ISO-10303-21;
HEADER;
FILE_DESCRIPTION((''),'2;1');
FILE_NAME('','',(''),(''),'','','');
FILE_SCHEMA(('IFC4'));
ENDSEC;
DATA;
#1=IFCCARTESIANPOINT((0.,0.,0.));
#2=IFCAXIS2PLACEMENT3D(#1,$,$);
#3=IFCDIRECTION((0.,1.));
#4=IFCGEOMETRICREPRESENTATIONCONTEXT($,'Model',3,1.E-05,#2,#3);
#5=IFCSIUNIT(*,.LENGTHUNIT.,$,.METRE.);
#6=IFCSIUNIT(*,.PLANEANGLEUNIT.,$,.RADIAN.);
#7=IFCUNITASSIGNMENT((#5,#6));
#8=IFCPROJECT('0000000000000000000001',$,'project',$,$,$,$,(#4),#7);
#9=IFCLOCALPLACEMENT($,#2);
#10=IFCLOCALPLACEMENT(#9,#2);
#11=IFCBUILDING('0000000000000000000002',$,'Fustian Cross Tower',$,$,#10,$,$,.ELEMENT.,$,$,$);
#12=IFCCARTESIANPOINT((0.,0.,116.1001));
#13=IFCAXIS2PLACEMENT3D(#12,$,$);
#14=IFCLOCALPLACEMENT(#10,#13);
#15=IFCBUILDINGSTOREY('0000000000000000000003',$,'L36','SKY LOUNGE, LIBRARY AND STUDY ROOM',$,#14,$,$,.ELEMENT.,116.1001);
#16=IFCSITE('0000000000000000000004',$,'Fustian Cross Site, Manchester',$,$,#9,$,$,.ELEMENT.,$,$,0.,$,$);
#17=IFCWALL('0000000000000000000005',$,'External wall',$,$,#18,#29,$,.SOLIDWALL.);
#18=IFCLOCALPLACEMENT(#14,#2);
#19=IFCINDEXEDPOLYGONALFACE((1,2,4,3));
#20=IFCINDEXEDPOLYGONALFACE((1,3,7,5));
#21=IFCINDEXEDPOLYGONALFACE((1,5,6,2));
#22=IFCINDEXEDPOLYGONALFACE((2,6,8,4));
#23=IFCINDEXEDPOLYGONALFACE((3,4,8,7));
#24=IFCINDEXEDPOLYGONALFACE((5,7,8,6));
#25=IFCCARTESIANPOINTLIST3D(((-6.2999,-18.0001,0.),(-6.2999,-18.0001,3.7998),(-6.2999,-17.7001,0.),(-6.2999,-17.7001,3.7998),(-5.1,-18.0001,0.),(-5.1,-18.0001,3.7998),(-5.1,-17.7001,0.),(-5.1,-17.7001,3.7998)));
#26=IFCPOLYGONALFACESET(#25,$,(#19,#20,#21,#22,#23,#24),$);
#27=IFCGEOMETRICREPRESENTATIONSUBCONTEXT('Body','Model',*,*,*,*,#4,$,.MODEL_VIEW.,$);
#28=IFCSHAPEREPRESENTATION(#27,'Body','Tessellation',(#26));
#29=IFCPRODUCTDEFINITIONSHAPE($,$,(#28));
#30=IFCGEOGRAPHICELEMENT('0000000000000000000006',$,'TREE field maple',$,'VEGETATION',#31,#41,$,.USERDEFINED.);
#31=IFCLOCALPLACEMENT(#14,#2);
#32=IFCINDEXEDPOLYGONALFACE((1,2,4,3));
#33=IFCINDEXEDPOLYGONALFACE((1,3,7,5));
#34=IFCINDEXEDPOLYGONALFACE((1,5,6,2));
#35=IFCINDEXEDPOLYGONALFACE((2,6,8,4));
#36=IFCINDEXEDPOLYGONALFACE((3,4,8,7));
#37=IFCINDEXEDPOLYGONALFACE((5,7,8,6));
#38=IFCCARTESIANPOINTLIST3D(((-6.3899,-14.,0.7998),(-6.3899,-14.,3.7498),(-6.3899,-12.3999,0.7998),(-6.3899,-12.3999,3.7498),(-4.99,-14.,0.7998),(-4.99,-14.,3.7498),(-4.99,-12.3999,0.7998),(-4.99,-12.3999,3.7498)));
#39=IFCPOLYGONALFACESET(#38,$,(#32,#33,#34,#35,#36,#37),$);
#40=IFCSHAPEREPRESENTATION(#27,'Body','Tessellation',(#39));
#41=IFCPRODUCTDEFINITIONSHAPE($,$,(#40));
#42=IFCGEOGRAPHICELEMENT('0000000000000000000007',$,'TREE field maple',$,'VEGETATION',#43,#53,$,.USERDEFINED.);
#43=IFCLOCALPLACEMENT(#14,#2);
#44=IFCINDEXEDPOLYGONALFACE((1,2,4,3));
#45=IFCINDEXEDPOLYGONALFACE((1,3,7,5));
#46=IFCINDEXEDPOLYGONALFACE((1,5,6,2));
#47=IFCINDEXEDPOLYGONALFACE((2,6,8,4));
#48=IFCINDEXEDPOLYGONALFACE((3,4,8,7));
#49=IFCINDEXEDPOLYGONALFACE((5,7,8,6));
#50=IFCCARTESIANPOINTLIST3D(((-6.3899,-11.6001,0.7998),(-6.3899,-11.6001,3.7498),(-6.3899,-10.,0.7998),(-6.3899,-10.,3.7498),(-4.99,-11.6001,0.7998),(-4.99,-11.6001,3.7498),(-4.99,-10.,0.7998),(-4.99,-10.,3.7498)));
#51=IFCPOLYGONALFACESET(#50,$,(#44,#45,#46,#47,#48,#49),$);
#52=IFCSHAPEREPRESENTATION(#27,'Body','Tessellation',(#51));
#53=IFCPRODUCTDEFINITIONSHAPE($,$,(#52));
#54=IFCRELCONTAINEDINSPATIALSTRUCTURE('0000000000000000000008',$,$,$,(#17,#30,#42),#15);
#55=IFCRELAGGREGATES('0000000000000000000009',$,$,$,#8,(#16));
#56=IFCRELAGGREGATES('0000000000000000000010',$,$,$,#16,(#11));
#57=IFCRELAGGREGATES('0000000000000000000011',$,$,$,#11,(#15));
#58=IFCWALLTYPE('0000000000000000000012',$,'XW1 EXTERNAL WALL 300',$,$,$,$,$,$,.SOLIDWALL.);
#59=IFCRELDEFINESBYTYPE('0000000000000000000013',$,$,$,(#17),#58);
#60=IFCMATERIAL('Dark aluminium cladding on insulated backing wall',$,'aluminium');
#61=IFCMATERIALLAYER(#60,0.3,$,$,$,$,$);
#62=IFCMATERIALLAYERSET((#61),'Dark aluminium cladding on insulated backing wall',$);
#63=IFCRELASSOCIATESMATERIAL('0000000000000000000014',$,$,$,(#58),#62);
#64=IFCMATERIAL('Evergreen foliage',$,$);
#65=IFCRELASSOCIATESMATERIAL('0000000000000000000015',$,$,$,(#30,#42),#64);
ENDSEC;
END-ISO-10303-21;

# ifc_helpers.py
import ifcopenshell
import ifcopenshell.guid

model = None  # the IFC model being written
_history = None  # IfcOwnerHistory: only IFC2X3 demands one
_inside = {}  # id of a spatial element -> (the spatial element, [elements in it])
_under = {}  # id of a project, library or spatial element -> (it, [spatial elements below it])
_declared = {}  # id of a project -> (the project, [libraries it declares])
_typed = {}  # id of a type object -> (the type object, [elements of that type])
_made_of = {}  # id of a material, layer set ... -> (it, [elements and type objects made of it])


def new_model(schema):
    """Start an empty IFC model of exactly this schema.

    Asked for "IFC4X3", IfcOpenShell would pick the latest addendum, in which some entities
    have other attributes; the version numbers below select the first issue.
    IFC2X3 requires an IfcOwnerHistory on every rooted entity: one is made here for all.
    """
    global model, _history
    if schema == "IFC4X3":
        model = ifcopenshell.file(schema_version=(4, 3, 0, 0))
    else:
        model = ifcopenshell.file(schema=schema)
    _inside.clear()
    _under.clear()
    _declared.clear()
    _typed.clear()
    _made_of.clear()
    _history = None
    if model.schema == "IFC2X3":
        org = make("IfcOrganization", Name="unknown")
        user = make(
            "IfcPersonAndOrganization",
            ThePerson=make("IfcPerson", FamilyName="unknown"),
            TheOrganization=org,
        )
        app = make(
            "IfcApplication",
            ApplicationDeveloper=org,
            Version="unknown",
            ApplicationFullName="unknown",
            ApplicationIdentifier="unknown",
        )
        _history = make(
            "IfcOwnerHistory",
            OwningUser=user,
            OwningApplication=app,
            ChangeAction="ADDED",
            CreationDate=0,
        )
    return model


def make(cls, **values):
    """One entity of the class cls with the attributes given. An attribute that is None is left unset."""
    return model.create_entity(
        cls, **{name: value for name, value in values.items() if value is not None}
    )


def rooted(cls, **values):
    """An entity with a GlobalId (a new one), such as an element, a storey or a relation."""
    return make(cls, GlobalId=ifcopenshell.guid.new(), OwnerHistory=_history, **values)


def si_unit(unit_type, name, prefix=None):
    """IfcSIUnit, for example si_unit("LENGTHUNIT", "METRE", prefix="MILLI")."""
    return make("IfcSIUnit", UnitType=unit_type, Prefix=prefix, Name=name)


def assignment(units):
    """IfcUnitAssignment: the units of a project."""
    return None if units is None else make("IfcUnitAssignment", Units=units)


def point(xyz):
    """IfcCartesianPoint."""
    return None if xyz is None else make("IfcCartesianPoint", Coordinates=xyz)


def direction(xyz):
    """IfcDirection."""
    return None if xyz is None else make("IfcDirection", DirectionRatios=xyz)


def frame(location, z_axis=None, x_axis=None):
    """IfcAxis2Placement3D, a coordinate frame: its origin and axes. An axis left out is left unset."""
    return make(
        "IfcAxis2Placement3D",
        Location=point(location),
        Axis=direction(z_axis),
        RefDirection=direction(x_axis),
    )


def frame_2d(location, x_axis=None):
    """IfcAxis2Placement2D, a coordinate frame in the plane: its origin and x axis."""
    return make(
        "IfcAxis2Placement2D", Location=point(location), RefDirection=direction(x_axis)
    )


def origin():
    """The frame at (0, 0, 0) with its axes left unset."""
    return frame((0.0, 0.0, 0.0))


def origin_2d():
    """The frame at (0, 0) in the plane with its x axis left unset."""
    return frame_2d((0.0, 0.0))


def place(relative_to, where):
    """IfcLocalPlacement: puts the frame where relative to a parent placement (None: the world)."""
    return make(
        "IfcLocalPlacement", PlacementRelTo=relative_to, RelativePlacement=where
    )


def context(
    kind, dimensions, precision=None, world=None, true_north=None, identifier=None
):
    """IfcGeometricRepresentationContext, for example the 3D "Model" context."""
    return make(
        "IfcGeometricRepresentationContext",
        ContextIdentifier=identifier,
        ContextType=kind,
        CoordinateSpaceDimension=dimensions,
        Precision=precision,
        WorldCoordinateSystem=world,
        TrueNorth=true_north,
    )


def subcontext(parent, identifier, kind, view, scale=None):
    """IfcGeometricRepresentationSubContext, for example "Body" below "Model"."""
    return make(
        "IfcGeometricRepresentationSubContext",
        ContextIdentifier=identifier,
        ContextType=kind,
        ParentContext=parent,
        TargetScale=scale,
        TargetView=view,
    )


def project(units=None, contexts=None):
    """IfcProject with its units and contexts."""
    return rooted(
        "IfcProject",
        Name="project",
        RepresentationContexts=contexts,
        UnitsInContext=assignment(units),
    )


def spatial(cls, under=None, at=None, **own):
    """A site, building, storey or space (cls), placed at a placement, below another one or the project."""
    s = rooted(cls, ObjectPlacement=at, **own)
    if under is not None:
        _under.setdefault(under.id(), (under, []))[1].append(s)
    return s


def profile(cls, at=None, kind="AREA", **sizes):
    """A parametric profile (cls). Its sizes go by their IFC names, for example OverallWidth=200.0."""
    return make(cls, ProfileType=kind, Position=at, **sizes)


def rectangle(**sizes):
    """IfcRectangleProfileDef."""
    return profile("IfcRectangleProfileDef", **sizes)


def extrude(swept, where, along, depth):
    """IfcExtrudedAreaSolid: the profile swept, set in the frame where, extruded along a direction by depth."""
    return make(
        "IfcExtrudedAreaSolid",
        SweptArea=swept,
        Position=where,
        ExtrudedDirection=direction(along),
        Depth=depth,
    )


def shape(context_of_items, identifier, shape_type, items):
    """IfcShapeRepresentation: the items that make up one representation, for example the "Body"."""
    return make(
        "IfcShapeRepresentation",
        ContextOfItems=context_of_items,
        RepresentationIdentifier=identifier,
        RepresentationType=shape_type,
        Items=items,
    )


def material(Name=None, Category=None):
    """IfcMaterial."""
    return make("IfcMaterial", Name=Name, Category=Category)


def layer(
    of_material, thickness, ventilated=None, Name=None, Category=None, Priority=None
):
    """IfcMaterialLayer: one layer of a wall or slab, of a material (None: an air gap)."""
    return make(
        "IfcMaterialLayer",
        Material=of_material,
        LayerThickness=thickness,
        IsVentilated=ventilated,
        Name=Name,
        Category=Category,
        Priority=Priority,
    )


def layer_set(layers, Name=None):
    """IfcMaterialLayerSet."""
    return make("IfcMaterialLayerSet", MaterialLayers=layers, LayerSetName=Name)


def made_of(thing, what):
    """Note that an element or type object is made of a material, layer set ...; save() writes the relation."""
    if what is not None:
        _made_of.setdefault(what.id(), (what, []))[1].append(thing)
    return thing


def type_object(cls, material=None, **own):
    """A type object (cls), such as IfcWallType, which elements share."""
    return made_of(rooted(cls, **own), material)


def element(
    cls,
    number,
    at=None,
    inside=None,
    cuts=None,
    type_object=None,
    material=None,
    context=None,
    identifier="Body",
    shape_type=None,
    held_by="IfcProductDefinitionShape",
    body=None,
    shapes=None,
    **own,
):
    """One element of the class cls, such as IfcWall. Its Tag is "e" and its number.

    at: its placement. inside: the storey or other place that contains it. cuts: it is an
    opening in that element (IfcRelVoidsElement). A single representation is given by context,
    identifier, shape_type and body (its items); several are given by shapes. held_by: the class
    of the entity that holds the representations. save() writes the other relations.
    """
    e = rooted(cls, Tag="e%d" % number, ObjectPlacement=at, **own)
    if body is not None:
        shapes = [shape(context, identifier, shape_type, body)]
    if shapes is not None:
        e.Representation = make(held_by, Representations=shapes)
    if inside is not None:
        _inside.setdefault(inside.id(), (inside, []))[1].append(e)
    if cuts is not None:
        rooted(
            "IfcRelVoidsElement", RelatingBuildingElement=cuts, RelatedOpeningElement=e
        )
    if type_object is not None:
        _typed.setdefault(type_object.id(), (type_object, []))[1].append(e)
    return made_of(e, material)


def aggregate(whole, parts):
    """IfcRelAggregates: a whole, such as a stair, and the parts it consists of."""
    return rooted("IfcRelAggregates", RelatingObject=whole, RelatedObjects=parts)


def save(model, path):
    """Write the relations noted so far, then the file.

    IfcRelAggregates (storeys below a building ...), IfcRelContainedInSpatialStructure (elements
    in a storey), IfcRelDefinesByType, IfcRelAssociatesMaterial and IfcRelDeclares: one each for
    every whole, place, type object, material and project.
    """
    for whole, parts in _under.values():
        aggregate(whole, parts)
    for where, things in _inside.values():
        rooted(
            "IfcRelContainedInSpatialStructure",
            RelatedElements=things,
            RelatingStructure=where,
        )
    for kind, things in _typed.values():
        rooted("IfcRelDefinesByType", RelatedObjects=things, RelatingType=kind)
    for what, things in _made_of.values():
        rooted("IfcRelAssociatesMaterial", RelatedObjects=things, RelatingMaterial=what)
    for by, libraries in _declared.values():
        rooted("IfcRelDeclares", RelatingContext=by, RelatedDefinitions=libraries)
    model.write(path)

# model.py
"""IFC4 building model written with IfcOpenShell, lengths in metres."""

from ifc_helpers import new_model, si_unit, direction, frame, frame_2d, origin, origin_2d, place, context, subcontext, project, spatial, rectangle, extrude, material, layer, layer_set, type_object, element, save


model = new_model("IFC4")

# Units and contexts
model_context = context("Model", 3, precision=1e-05, world=origin(), true_north=direction((0.0, 1.0)))
body_context = subcontext(model_context, "Body", "Model", "MODEL_VIEW")
ifc_project = project(units=[si_unit("LENGTHUNIT", "METRE"), si_unit("PLANEANGLEUNIT", "RADIAN")], contexts=[model_context])

# Site, building, storey
site_placement = place(None, origin())
site = spatial("IfcSite", under=ifc_project, at=site_placement, Name="Fustian Cross Site, Manchester", CompositionType="ELEMENT", RefElevation=0.0)
building_placement = place(site_placement, origin())
building = spatial("IfcBuilding", under=site, at=building_placement, Name="Fustian Cross Tower", CompositionType="ELEMENT")
storey_placement = place(building_placement, frame((0.0, 0.0, 116.1001)))
storey = spatial("IfcBuildingStorey", under=building, at=storey_placement, Name="L36", Description="SKY LOUNGE, LIBRARY AND STUDY ROOM", CompositionType="ELEMENT", Elevation=116.1001)

# Wall
ifc_material_1 = material(Name="Dark aluminium cladding on insulated backing wall", Category="aluminium")
ifc_layer_1 = layer(ifc_material_1, 0.3)
ifc_layer_set_1 = layer_set([ifc_layer_1], Name="Dark aluminium cladding on insulated backing wall")
wall_type_1 = type_object("IfcWallType", Name="XW1 EXTERNAL WALL 300", PredefinedType="SOLIDWALL", material=ifc_layer_set_1)
wall_1_placement = place(storey_placement, frame((-6.3, -17.8501, 0.0), z_axis=(0.0, 0.0, 1.0), x_axis=(1.0, 0.0, 0.0)))
element("IfcWall", 1, at=wall_1_placement, inside=storey, type_object=wall_type_1, Name="External wall", PredefinedType="SOLIDWALL", context=body_context, shape_type="SweptSolid", body=[
    extrude(rectangle(XDim=1.2, YDim=0.3, at=frame_2d((0.6001, 0.0))), origin(), (0.0, 0.0, 1.0), 3.7998),
])

# Geographic elements
ifc_material_2 = material(Name="Evergreen foliage")
for number, where, z_axis, x_axis, name in (
    (2, (-5.6899, -13.2, 0.7998), (0.0, 0.0, 1.0), (1.0, 0.0, 0.0), "TREE field maple"),
    (3, (-5.6899, -10.8, 0.7998), (0.0, 0.0, 1.0), (1.0, 0.0, 0.0), "TREE field maple"),
):
    element("IfcGeographicElement", number, at=place(storey_placement, frame(where, z_axis=z_axis, x_axis=x_axis)), inside=storey, material=ifc_material_2, Name=name, ObjectType="VEGETATION", PredefinedType="USERDEFINED", context=body_context, shape_type="SweptSolid", body=[
        extrude(rectangle(XDim=1.3999, YDim=1.6001, at=origin_2d()), origin(), (0.0, 0.0, 1.0), 2.95),
    ])

save(model, "model.ifc")
